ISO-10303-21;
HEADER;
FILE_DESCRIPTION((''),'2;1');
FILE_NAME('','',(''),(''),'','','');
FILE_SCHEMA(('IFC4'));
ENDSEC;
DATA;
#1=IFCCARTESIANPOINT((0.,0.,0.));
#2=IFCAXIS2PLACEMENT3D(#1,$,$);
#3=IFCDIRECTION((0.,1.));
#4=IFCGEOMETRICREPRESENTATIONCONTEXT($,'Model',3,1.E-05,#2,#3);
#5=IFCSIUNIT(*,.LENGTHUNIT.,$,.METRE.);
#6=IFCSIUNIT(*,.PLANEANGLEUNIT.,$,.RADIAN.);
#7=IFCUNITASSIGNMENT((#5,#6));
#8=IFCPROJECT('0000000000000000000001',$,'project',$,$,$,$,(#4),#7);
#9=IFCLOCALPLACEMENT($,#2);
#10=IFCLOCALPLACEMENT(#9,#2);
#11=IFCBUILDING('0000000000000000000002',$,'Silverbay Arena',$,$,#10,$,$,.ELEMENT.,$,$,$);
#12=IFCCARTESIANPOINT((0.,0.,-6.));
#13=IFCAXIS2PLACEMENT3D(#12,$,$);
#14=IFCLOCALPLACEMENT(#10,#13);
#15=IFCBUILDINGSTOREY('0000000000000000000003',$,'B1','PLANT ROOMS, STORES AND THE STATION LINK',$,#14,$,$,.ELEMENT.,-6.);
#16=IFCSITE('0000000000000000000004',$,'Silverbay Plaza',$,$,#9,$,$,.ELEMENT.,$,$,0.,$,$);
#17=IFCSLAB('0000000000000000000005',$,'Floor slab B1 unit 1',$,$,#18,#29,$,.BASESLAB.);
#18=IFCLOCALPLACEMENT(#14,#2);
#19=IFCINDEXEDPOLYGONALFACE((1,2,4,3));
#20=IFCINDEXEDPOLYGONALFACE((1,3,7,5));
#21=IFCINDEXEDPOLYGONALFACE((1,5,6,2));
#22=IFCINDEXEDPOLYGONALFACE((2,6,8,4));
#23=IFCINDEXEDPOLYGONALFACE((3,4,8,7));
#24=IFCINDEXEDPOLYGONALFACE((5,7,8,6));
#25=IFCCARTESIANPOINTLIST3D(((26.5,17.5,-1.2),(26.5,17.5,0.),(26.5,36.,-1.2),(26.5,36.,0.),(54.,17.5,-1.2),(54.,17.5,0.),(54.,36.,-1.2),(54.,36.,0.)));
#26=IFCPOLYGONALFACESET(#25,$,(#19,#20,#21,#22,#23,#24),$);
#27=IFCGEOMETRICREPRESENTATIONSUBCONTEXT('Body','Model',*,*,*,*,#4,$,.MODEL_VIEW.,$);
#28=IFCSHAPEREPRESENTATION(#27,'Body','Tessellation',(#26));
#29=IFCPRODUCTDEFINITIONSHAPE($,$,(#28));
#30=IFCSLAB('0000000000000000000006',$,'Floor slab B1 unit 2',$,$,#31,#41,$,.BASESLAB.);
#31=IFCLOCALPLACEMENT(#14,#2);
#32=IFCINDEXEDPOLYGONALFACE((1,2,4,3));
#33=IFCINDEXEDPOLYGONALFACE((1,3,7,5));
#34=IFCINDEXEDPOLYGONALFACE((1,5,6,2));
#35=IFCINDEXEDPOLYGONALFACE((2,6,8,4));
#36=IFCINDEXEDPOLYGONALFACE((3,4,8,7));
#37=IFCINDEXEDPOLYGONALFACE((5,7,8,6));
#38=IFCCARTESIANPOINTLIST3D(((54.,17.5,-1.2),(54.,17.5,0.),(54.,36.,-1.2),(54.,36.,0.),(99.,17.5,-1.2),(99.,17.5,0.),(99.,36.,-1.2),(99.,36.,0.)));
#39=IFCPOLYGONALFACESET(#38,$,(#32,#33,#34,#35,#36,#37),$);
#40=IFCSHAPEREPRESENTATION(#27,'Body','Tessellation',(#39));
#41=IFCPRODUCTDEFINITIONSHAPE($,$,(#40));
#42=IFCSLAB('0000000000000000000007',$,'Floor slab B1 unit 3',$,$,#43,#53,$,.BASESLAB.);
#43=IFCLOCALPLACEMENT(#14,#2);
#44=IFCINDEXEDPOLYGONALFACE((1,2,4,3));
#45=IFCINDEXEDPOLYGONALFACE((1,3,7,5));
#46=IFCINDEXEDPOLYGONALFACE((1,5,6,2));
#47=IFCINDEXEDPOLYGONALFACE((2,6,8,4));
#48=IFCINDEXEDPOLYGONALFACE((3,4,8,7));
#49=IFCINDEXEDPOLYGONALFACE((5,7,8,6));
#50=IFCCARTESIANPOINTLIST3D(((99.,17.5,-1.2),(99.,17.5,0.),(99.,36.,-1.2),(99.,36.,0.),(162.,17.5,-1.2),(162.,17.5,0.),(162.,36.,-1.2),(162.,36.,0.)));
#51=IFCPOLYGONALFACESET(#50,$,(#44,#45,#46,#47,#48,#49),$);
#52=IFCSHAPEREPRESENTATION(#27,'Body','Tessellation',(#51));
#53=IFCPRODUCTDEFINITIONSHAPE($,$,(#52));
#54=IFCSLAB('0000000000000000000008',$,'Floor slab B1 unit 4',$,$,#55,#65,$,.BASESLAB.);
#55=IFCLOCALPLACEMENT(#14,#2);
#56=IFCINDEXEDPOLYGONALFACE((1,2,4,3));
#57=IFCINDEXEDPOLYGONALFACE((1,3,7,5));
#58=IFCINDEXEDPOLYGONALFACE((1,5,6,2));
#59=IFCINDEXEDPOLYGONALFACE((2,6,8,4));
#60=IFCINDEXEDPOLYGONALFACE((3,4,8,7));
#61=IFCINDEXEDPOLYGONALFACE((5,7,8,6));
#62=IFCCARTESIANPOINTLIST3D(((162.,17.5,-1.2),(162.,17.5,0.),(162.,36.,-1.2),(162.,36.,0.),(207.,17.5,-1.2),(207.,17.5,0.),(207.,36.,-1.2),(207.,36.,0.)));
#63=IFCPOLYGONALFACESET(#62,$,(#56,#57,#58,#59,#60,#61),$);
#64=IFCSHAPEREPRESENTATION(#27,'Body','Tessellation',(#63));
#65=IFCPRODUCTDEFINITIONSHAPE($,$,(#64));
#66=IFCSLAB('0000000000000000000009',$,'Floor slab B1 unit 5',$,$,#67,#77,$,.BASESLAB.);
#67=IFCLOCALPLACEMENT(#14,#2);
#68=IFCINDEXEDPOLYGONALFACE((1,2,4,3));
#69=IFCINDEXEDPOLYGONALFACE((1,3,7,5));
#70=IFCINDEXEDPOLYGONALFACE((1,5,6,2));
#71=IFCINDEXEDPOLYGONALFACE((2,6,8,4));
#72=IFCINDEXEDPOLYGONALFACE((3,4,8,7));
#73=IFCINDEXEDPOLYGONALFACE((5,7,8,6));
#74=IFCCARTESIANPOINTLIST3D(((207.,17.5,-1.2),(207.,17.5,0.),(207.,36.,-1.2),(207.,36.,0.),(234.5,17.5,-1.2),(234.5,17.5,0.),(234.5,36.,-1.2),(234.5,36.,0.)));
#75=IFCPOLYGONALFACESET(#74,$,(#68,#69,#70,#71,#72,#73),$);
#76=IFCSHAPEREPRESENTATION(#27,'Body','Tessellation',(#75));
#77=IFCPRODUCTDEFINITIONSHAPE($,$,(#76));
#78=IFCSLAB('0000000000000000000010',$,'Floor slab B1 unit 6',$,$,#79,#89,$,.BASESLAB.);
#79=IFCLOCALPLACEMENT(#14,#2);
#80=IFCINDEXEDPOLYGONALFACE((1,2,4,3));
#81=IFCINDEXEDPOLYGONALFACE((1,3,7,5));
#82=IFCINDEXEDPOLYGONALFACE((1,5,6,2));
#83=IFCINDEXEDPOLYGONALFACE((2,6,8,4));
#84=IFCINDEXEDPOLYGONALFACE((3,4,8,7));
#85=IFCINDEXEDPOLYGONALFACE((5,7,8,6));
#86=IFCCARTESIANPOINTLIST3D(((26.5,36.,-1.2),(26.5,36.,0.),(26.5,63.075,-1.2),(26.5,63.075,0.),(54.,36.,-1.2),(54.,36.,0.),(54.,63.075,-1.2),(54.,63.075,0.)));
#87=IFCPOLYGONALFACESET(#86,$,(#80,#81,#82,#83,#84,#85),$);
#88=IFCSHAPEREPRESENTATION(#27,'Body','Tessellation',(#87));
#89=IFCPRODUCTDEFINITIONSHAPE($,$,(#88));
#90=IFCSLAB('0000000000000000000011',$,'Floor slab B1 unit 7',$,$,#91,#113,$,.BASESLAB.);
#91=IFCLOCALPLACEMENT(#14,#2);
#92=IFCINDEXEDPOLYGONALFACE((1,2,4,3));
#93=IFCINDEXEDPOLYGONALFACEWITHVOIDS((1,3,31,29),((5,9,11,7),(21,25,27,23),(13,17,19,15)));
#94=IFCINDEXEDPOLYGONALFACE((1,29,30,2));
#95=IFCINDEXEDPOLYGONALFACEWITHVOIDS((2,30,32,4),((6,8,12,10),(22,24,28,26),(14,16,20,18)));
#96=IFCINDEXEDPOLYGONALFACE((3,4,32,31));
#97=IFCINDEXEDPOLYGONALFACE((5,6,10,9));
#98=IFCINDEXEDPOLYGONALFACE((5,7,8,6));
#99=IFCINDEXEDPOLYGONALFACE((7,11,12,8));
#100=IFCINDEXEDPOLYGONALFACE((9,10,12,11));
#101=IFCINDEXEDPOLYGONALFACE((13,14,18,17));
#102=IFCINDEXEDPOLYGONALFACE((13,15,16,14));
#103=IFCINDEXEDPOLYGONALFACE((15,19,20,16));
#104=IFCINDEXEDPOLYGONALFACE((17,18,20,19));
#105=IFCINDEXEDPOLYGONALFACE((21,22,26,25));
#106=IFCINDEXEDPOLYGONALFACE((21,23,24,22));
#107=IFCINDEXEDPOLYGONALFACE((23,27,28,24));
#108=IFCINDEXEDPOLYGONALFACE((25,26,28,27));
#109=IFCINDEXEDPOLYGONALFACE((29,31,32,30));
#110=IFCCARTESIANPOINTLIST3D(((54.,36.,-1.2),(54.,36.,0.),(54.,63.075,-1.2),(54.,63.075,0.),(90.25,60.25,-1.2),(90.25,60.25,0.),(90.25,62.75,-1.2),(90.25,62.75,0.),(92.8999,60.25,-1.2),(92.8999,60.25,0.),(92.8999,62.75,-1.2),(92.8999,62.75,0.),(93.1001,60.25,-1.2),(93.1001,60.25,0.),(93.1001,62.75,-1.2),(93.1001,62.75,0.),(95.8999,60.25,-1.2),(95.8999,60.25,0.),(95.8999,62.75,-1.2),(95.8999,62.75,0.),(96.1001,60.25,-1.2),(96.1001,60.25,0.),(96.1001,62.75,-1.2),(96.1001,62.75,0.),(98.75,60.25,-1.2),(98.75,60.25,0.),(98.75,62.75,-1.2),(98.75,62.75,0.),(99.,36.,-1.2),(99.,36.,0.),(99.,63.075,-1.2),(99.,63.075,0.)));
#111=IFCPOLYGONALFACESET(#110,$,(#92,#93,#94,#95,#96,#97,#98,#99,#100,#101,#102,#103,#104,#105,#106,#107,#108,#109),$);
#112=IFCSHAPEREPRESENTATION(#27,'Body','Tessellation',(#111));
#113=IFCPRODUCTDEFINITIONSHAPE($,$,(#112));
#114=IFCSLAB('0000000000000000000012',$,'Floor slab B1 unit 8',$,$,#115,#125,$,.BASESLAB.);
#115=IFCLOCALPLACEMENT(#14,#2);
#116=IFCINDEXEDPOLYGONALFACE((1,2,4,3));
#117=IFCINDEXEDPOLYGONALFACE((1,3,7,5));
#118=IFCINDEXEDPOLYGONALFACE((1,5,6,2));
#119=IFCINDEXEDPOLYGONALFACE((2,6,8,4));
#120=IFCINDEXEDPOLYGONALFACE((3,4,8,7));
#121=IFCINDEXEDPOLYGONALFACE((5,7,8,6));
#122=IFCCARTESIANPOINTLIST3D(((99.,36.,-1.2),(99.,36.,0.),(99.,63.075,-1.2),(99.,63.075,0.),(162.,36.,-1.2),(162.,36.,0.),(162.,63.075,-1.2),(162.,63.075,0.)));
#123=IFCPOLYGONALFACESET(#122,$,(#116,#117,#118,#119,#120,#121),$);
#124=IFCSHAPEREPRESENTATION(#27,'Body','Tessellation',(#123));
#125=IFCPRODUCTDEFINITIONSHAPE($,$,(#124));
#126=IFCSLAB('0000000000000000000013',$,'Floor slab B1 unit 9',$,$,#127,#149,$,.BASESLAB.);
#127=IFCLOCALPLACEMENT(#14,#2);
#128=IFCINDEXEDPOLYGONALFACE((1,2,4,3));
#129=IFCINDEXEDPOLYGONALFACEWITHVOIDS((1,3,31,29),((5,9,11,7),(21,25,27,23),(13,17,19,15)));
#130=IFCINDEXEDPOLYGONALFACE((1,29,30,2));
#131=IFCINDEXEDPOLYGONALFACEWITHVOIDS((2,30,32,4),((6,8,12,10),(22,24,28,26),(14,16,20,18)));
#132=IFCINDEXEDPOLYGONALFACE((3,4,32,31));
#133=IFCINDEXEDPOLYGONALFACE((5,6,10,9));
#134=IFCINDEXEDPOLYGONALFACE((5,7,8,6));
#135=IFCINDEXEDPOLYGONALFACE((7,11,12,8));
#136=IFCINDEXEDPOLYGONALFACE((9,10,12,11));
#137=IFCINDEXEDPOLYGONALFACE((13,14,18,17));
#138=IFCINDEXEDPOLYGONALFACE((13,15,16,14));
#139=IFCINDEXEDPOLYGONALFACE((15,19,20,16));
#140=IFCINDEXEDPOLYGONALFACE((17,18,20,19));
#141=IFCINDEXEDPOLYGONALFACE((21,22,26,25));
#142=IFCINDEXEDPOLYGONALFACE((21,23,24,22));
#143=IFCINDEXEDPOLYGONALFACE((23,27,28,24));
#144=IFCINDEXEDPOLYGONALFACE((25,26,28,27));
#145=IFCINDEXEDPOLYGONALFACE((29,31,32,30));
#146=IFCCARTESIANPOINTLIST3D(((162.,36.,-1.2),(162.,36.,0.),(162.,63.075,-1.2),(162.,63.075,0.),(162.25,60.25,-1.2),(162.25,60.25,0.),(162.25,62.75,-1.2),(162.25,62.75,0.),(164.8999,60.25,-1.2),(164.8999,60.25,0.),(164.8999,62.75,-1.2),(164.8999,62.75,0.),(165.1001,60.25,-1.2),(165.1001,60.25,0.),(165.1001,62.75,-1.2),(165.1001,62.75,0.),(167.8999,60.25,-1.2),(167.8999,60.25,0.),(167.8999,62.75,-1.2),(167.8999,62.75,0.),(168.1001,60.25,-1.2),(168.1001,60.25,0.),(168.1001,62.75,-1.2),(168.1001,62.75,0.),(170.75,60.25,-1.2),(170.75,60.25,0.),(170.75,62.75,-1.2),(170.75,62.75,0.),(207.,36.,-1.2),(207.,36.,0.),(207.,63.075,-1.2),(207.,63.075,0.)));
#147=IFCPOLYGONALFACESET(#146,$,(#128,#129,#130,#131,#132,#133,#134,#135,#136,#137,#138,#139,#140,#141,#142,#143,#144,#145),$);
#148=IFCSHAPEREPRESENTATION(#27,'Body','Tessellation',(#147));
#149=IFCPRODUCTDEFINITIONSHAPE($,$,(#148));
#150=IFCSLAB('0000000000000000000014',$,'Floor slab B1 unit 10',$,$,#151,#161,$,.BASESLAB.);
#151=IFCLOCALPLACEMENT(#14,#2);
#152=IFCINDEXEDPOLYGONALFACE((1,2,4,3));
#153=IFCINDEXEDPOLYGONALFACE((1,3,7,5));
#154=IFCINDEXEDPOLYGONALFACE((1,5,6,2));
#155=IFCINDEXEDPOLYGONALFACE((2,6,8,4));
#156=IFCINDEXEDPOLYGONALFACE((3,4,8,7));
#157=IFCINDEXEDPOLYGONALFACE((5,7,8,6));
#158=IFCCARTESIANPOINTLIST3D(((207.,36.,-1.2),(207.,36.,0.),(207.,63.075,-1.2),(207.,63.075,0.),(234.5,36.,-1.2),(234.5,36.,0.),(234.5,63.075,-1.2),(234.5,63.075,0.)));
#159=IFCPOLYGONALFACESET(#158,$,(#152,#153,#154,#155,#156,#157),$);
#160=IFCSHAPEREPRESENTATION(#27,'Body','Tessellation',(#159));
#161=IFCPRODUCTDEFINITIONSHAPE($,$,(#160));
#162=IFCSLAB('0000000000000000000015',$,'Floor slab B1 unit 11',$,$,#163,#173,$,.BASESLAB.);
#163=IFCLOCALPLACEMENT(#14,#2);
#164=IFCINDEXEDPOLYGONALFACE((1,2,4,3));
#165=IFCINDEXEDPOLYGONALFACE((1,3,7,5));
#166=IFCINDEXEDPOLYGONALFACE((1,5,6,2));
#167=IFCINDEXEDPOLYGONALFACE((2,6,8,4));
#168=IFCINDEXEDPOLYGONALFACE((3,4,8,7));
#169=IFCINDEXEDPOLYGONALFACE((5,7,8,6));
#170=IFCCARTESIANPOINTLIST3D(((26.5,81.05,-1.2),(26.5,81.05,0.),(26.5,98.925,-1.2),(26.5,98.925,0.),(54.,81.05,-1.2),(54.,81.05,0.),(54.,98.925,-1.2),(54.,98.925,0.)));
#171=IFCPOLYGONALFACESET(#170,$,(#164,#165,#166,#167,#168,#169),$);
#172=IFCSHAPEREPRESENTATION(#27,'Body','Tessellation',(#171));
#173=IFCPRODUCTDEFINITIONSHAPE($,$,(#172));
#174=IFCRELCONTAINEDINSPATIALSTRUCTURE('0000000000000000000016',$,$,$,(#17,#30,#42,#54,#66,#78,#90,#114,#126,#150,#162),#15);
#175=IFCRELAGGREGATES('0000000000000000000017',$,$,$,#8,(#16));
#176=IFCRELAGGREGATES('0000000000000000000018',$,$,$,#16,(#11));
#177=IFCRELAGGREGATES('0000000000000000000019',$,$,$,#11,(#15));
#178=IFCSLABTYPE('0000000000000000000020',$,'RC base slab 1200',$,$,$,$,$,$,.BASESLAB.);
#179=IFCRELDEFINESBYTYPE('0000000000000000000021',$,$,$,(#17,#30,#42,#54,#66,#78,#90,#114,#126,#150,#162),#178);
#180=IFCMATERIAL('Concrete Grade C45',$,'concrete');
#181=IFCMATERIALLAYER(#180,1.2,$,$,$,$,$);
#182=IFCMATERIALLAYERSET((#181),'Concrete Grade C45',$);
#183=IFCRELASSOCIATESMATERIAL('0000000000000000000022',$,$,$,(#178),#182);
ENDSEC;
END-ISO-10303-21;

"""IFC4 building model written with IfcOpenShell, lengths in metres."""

from ifc_helpers import new_model, si_unit, direction, frame, origin, place, context, subcontext, project, spatial, polyline, outline, extrude, material, layer, layer_set, type_object, element, save


model = new_model("IFC4")

# Units and contexts
model_context = context("Model", 3, precision=1e-05, world=origin(), true_north=direction((0.0, 1.0)))
body_context = subcontext(model_context, "Body", "Model", "MODEL_VIEW")
ifc_project = project(units=[si_unit("LENGTHUNIT", "METRE"), si_unit("PLANEANGLEUNIT", "RADIAN")], contexts=[model_context])

# Site, building, storey
site_placement = place(None, origin())
site = spatial("IfcSite", under=ifc_project, at=site_placement, Name="Silverbay Plaza", CompositionType="ELEMENT", RefElevation=0.0)
building_placement = place(site_placement, origin())
building = spatial("IfcBuilding", under=site, at=building_placement, Name="Silverbay Arena", CompositionType="ELEMENT")
storey_placement = place(building_placement, frame((0.0, 0.0, -6.0)))
storey = spatial("IfcBuildingStorey", under=building, at=storey_placement, Name="B1", Description="PLANT ROOMS, STORES AND THE STATION LINK", CompositionType="ELEMENT", Elevation=-6.0)

# Slabs
ifc_material = material(Name="Concrete Grade C45", Category="concrete")
ifc_layer = layer(ifc_material, 1.2)
ifc_layer_set = layer_set([ifc_layer], Name="Concrete Grade C45")
slab_type = type_object("IfcSlabType", Name="RC base slab 1200", PredefinedType="BASESLAB", material=ifc_layer_set)
slab_1_placement = place(storey_placement, frame((0.0, 0.0, -1.2)))
element("IfcSlab", 1, at=slab_1_placement, inside=storey, type_object=slab_type, Name="Floor slab B1 unit 1", PredefinedType="BASESLAB", context=body_context, shape_type="SweptSolid", body=[
    extrude(outline(polyline([(54.0, 17.5), (26.5, 17.5), (26.5, 36.0), (54.0, 36.0), (54.0, 17.5)])), origin(), (0.0, 0.0, 1.0), 1.2),
])
slab_2_placement = place(storey_placement, frame((0.0, 0.0, -1.2)))
element("IfcSlab", 2, at=slab_2_placement, inside=storey, type_object=slab_type, Name="Floor slab B1 unit 2", PredefinedType="BASESLAB", context=body_context, shape_type="SweptSolid", body=[
    extrude(outline(polyline([(99.0, 36.0), (99.0, 17.5), (54.0, 17.5), (54.0, 36.0), (99.0, 36.0)])), origin(), (0.0, 0.0, 1.0), 1.2),
])
slab_3_placement = place(storey_placement, frame((0.0, 0.0, -1.2)))
element("IfcSlab", 3, at=slab_3_placement, inside=storey, type_object=slab_type, Name="Floor slab B1 unit 3", PredefinedType="BASESLAB", context=body_context, shape_type="SweptSolid", body=[
    extrude(outline(polyline([(162.0, 36.0), (162.0, 17.5), (99.0, 17.5), (99.0, 36.0), (162.0, 36.0)])), origin(), (0.0, 0.0, 1.0), 1.2),
])
slab_4_placement = place(storey_placement, frame((0.0, 0.0, -1.2)))
element("IfcSlab", 4, at=slab_4_placement, inside=storey, type_object=slab_type, Name="Floor slab B1 unit 4", PredefinedType="BASESLAB", context=body_context, shape_type="SweptSolid", body=[
    extrude(outline(polyline([(207.0, 36.0), (207.0, 17.5), (162.0, 17.5), (162.0, 36.0), (207.0, 36.0)])), origin(), (0.0, 0.0, 1.0), 1.2),
])
slab_5_placement = place(storey_placement, frame((0.0, 0.0, -1.2)))
element("IfcSlab", 5, at=slab_5_placement, inside=storey, type_object=slab_type, Name="Floor slab B1 unit 5", PredefinedType="BASESLAB", context=body_context, shape_type="SweptSolid", body=[
    extrude(outline(polyline([(207.0, 36.0), (234.5, 36.0), (234.5, 17.5), (207.0, 17.5), (207.0, 36.0)])), origin(), (0.0, 0.0, 1.0), 1.2),
])
slab_6_placement = place(storey_placement, frame((0.0, 0.0, -1.2)))
element("IfcSlab", 6, at=slab_6_placement, inside=storey, type_object=slab_type, Name="Floor slab B1 unit 6", PredefinedType="BASESLAB", context=body_context, shape_type="SweptSolid", body=[
    extrude(outline(polyline([(54.0, 36.0), (26.5, 36.0), (26.5, 63.075), (54.0, 63.075), (54.0, 36.0)])), origin(), (0.0, 0.0, 1.0), 1.2),
])
slab_7_placement = place(storey_placement, frame((0.0, 0.0, -1.2)))
element("IfcSlab", 7, at=slab_7_placement, inside=storey, type_object=slab_type, Name="Floor slab B1 unit 7", PredefinedType="BASESLAB", context=body_context, shape_type="SweptSolid", body=[
    extrude(outline(polyline([(99.0, 63.075), (99.0, 36.0), (54.0, 36.0), (54.0, 63.075), (99.0, 63.075)]), holes=[polyline([(96.1001, 62.75), (96.1001, 60.25), (98.75, 60.25), (98.75, 62.75), (96.1001, 62.75)]), polyline([(93.1001, 62.75), (93.1001, 60.25), (95.8999, 60.25), (95.8999, 62.75), (93.1001, 62.75)]), polyline([(90.25, 62.75), (90.25, 60.25), (92.8999, 60.25), (92.8999, 62.75), (90.25, 62.75)])]), origin(), (0.0, 0.0, 1.0), 1.2),
])
slab_8_placement = place(storey_placement, frame((0.0, 0.0, -1.2)))
element("IfcSlab", 8, at=slab_8_placement, inside=storey, type_object=slab_type, Name="Floor slab B1 unit 8", PredefinedType="BASESLAB", context=body_context, shape_type="SweptSolid", body=[
    extrude(outline(polyline([(162.0, 63.075), (162.0, 36.0), (99.0, 36.0), (99.0, 63.075), (162.0, 63.075)])), origin(), (0.0, 0.0, 1.0), 1.2),
])
slab_9_placement = place(storey_placement, frame((0.0, 0.0, -1.2)))
element("IfcSlab", 9, at=slab_9_placement, inside=storey, type_object=slab_type, Name="Floor slab B1 unit 9", PredefinedType="BASESLAB", context=body_context, shape_type="SweptSolid", body=[
    extrude(outline(polyline([(207.0, 63.075), (207.0, 36.0), (162.0, 36.0), (162.0, 63.075), (207.0, 63.075)]), holes=[polyline([(168.1001, 62.75), (168.1001, 60.25), (170.75, 60.25), (170.75, 62.75), (168.1001, 62.75)]), polyline([(165.1001, 62.75), (165.1001, 60.25), (167.8999, 60.25), (167.8999, 62.75), (165.1001, 62.75)]), polyline([(162.25, 62.75), (162.25, 60.25), (164.8999, 60.25), (164.8999, 62.75), (162.25, 62.75)])]), origin(), (0.0, 0.0, 1.0), 1.2),
])
slab_10_placement = place(storey_placement, frame((0.0, 0.0, -1.2)))
element("IfcSlab", 10, at=slab_10_placement, inside=storey, type_object=slab_type, Name="Floor slab B1 unit 10", PredefinedType="BASESLAB", context=body_context, shape_type="SweptSolid", body=[
    extrude(outline(polyline([(207.0, 63.075), (234.5, 63.075), (234.5, 36.0), (207.0, 36.0), (207.0, 63.075)])), origin(), (0.0, 0.0, 1.0), 1.2),
])
slab_11_placement = place(storey_placement, frame((0.0, 0.0, -1.2)))
element("IfcSlab", 11, at=slab_11_placement, inside=storey, type_object=slab_type, Name="Floor slab B1 unit 11", PredefinedType="BASESLAB", context=body_context, shape_type="SweptSolid", body=[
    extrude(outline(polyline([(26.5, 98.925), (54.0, 98.925), (54.0, 81.05), (26.5, 81.05), (26.5, 98.925)])), origin(), (0.0, 0.0, 1.0), 1.2),
])

save(model, "model.ifc")
